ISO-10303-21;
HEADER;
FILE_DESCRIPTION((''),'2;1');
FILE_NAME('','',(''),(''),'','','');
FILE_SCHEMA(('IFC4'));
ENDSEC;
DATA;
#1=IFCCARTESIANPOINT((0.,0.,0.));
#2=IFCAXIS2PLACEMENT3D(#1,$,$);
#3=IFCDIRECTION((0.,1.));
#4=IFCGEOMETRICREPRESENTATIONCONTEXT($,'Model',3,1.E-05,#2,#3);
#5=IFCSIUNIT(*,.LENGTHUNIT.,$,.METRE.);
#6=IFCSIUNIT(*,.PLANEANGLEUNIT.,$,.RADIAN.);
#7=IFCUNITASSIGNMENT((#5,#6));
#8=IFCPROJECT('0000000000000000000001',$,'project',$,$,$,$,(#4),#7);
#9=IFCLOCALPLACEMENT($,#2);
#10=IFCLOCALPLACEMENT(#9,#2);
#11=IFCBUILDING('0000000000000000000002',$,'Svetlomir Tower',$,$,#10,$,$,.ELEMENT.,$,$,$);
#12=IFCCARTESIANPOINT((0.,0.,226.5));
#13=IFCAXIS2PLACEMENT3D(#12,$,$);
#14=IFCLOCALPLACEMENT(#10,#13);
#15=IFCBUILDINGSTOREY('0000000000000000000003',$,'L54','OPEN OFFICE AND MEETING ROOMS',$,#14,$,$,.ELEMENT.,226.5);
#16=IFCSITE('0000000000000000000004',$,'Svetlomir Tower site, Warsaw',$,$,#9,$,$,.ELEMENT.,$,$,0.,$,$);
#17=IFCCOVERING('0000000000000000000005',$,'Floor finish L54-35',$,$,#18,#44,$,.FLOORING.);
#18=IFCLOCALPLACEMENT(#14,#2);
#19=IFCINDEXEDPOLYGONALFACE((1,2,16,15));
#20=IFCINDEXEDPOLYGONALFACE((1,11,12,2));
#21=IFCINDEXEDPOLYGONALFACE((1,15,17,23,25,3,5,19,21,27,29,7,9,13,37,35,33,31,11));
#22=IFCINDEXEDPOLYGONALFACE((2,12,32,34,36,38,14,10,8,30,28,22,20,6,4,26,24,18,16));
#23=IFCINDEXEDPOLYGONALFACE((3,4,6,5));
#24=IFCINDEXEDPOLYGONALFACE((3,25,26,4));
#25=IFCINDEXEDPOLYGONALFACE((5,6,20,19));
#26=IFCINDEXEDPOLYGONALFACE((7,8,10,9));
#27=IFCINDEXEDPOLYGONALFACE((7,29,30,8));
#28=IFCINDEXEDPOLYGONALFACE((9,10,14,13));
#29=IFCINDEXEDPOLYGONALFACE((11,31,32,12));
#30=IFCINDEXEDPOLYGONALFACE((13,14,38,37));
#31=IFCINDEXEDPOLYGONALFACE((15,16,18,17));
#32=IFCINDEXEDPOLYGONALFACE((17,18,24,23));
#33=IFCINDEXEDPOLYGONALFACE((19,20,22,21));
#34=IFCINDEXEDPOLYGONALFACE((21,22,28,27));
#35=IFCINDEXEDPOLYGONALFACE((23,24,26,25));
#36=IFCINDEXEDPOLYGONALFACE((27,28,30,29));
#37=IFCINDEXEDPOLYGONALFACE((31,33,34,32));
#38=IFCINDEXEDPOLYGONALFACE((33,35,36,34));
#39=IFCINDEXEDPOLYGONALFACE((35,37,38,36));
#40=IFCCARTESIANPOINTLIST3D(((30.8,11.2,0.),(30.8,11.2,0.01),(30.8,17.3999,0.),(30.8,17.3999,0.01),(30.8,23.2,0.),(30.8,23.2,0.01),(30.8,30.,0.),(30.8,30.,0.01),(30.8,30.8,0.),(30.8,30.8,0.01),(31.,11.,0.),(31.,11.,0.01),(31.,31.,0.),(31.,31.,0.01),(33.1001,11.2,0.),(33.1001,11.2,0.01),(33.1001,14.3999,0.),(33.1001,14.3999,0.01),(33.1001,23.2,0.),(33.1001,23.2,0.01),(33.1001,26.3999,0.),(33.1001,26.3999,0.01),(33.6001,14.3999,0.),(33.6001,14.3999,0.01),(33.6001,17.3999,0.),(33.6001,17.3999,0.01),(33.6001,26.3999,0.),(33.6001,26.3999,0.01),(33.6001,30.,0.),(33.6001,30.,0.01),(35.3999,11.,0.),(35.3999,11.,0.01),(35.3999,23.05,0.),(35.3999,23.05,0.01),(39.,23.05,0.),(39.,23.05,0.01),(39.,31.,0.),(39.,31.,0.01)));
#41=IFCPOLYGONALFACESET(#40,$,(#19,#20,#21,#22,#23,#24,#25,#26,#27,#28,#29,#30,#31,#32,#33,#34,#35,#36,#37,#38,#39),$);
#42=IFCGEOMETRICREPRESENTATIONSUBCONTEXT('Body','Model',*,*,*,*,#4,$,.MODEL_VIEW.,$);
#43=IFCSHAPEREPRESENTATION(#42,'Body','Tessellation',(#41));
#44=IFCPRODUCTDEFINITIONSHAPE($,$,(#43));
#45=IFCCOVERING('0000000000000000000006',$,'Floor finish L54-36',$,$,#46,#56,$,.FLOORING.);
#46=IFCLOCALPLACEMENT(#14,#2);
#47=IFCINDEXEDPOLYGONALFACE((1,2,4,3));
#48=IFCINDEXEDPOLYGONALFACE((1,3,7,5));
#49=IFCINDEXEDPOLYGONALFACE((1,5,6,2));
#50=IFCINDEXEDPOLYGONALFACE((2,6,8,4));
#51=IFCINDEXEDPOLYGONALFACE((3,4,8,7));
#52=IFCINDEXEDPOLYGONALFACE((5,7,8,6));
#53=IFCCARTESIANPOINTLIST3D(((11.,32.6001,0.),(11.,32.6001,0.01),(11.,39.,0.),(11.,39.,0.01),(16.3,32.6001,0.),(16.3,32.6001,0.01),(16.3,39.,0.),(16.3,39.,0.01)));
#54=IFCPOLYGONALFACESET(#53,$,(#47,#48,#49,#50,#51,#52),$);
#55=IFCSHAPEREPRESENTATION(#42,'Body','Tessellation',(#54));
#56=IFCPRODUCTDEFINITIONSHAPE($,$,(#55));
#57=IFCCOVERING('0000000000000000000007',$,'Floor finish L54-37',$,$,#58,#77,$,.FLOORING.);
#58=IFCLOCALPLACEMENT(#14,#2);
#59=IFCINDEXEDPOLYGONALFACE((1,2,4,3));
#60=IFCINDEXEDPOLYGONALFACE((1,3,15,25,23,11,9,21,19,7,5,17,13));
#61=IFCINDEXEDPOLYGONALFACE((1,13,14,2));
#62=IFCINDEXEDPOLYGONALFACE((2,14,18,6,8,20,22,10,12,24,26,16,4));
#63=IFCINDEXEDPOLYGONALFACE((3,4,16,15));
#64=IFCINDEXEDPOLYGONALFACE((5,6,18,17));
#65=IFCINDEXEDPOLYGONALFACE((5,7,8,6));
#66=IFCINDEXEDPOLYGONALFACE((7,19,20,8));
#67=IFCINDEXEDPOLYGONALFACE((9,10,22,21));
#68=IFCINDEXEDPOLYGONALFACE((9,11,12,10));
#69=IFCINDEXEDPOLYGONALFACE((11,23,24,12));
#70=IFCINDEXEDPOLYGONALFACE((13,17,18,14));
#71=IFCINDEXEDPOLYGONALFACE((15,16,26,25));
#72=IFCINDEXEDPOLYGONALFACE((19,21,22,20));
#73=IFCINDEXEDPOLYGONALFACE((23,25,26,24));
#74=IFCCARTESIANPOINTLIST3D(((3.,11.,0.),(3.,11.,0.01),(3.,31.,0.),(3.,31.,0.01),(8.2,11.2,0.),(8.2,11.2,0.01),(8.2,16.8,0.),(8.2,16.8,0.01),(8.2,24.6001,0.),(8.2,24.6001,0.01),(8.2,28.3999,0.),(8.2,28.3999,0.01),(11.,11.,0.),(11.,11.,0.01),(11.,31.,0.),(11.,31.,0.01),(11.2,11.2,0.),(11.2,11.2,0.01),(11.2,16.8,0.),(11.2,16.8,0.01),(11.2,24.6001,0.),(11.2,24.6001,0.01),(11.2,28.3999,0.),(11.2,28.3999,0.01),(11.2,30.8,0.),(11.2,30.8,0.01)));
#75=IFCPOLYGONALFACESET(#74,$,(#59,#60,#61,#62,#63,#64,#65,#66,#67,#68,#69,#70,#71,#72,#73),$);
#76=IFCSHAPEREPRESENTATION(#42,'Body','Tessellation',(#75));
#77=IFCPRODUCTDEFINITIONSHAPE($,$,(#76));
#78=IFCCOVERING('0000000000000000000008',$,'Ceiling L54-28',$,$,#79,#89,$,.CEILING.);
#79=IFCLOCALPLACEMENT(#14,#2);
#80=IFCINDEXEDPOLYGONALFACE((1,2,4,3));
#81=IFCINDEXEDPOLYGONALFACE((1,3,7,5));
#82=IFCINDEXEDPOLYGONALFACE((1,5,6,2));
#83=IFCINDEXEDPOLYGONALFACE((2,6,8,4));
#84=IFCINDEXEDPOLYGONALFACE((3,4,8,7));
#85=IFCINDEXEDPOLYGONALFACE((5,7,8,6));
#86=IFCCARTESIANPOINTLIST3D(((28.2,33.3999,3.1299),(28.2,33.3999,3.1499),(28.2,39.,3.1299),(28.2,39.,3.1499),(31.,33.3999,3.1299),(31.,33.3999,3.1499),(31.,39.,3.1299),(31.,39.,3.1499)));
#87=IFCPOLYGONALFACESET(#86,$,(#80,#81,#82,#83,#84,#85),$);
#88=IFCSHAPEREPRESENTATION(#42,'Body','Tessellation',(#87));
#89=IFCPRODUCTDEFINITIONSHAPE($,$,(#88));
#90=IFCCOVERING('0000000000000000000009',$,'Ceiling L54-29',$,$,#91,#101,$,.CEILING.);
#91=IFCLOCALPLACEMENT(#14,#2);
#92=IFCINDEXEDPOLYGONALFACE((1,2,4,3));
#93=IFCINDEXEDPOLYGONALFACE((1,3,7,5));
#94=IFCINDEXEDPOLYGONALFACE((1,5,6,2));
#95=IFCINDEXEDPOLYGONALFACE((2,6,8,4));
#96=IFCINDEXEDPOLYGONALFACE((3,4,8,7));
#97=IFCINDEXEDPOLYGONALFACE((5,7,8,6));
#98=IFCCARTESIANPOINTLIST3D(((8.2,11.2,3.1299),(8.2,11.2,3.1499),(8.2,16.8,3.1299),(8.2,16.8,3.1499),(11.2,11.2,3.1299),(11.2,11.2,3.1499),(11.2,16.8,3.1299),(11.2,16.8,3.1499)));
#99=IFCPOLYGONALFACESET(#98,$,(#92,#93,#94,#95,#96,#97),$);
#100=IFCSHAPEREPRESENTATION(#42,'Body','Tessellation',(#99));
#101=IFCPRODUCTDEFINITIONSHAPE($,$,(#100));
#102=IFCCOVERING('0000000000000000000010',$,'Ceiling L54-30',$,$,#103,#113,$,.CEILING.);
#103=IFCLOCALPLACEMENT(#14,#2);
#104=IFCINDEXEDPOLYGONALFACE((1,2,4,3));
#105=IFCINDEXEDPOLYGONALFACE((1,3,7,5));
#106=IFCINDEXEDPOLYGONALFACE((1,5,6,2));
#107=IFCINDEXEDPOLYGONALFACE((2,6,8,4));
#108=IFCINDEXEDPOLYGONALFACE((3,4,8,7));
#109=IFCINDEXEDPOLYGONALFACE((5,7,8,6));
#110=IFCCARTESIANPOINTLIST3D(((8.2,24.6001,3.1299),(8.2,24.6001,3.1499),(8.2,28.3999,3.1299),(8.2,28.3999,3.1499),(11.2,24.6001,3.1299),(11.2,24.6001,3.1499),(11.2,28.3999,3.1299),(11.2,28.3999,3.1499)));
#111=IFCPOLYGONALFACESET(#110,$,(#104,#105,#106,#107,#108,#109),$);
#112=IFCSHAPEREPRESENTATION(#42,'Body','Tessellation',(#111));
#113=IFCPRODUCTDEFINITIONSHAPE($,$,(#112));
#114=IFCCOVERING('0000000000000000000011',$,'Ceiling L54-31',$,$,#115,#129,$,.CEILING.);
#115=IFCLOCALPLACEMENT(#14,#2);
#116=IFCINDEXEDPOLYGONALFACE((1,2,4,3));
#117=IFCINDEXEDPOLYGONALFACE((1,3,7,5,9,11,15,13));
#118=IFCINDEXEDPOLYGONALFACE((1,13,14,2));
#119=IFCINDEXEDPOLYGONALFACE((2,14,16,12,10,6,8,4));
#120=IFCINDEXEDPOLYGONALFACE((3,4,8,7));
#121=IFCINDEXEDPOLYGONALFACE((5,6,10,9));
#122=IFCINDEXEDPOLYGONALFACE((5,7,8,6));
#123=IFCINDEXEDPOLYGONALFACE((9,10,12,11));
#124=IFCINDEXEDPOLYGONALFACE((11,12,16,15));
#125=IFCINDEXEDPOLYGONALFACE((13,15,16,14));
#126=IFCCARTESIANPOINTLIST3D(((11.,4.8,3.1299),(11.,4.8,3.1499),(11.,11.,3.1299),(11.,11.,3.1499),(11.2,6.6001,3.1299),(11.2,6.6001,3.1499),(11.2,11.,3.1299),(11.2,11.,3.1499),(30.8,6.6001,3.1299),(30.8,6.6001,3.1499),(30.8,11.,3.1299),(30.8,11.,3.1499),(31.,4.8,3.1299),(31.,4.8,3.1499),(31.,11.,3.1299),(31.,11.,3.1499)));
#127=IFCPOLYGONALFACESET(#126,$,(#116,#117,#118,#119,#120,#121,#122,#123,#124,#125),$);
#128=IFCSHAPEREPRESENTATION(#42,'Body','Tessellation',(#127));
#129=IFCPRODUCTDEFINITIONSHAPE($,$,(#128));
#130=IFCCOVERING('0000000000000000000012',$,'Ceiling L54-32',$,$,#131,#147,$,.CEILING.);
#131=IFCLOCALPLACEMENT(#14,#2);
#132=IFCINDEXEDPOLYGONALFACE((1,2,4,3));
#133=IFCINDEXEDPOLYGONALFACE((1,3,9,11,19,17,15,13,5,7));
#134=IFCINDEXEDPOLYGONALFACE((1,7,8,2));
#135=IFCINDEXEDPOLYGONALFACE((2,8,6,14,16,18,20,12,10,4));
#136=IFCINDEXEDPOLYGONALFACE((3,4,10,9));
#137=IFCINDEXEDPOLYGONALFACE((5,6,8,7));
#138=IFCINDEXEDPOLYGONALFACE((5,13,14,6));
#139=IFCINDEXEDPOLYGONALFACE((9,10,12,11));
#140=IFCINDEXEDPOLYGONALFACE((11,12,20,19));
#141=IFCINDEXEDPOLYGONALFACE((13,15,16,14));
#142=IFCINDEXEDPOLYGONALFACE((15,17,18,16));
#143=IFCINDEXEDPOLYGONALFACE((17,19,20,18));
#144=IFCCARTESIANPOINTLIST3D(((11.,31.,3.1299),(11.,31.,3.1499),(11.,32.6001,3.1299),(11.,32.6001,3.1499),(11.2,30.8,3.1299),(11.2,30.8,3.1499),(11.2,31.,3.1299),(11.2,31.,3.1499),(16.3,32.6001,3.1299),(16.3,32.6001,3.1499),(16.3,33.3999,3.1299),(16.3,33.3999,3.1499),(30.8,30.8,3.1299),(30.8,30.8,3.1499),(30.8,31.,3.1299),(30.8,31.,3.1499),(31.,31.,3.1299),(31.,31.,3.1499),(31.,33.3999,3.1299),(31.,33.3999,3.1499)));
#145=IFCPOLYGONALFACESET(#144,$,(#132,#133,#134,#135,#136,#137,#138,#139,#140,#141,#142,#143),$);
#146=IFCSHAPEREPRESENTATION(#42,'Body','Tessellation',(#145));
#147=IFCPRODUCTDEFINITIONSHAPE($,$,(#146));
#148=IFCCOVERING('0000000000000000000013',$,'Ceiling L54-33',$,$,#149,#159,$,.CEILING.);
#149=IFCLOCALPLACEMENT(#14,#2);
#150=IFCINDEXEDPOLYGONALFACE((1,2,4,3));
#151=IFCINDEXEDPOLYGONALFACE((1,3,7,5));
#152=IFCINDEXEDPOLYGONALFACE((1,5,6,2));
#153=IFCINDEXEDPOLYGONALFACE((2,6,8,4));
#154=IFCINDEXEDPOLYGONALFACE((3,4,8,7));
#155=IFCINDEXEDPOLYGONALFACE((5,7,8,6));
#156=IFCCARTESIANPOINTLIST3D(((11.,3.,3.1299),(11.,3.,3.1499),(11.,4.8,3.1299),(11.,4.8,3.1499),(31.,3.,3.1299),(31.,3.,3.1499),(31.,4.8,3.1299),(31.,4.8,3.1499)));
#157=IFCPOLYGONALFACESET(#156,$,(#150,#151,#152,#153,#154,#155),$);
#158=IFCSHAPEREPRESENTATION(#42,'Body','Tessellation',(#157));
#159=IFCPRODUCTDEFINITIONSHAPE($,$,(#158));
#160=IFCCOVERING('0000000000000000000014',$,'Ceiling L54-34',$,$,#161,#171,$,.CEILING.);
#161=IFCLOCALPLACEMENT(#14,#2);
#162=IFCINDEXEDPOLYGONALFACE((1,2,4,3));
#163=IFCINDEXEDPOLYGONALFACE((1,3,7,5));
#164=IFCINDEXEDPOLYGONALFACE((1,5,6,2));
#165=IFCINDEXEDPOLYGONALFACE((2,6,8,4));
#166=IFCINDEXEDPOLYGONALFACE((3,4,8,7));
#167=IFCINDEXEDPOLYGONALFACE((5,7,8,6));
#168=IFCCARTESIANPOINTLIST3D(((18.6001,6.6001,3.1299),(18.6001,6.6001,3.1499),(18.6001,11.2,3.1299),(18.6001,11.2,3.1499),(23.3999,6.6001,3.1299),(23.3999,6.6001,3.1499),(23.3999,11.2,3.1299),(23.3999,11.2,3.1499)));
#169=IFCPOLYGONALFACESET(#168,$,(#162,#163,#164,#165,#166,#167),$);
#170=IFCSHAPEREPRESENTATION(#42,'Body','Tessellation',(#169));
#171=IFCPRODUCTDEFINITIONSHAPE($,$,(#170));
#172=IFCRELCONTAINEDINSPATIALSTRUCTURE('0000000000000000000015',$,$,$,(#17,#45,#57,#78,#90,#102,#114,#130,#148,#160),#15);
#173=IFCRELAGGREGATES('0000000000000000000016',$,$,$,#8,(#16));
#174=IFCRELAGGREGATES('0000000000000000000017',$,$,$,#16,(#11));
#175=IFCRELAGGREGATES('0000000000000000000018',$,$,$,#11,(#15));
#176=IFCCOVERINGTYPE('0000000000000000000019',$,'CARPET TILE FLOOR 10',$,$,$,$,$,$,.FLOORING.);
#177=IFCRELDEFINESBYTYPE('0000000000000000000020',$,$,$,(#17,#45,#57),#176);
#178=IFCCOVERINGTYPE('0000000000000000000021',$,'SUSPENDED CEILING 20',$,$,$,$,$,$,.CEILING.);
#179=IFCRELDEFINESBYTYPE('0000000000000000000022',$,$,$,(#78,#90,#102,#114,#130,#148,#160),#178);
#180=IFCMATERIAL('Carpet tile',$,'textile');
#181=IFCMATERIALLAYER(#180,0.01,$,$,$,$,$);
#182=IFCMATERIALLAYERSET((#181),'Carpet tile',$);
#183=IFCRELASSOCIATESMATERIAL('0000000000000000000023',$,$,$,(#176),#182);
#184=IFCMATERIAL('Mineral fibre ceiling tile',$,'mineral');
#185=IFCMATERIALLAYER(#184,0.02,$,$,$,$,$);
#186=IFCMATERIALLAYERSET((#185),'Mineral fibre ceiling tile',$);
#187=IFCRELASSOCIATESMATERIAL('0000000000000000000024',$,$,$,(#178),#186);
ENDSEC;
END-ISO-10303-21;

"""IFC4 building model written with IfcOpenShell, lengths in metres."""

from ifc_helpers import new_model, si_unit, direction, frame, origin, place, context, subcontext, project, spatial, polyline, outline, extrude, material, layer, layer_set, type_object, element, save


model = new_model("IFC4")

# Units and contexts
model_context = context("Model", 3, precision=1e-05, world=origin(), true_north=direction((0.0, 1.0)))
body_context = subcontext(model_context, "Body", "Model", "MODEL_VIEW")
ifc_project = project(units=[si_unit("LENGTHUNIT", "METRE"), si_unit("PLANEANGLEUNIT", "RADIAN")], contexts=[model_context])

# Site, building, storey
site_placement = place(None, origin())
site = spatial("IfcSite", under=ifc_project, at=site_placement, Name="Svetlomir Tower site, Warsaw", CompositionType="ELEMENT", RefElevation=0.0)
building_placement = place(site_placement, origin())
building = spatial("IfcBuilding", under=site, at=building_placement, Name="Svetlomir Tower", CompositionType="ELEMENT")
storey_placement = place(building_placement, frame((0.0, 0.0, 226.5)))
storey = spatial("IfcBuildingStorey", under=building, at=storey_placement, Name="L54", Description="OPEN OFFICE AND MEETING ROOMS", CompositionType="ELEMENT", Elevation=226.5)

# Coverings
ifc_material_1 = material(Name="Carpet tile", Category="textile")
ifc_layer_1 = layer(ifc_material_1, 0.01)
ifc_layer_set_1 = layer_set([ifc_layer_1], Name="Carpet tile")
covering_type_1 = type_object("IfcCoveringType", Name="CARPET TILE FLOOR 10", PredefinedType="FLOORING", material=ifc_layer_set_1)
covering_1_placement = place(storey_placement, origin())
element("IfcCovering", 1, at=covering_1_placement, inside=storey, type_object=covering_type_1, Name="Floor finish L54-35", PredefinedType="FLOORING", context=body_context, shape_type="SweptSolid", body=[
    extrude(outline(polyline([(30.8, 23.2), (33.1001, 23.2), (33.1001, 26.3999), (33.6001, 26.3999), (33.6001, 30.0), (30.8, 30.0), (30.8, 30.8), (31.0, 31.0), (39.0, 31.0), (39.0, 23.05), (35.3999, 23.05), (35.3999, 11.0), (31.0, 11.0), (30.8, 11.2), (33.1001, 11.2), (33.1001, 14.3999), (33.6001, 14.3999), (33.6001, 17.3999), (30.8, 17.3999), (30.8, 23.2)])), origin(), (0.0, 0.0, 1.0), 0.01),
])
covering_2_placement = place(storey_placement, origin())
element("IfcCovering", 2, at=covering_2_placement, inside=storey, type_object=covering_type_1, Name="Floor finish L54-36", PredefinedType="FLOORING", context=body_context, shape_type="SweptSolid", body=[
    extrude(outline(polyline([(16.3, 39.0), (16.3, 32.6001), (11.0, 32.6001), (11.0, 39.0), (16.3, 39.0)])), origin(), (0.0, 0.0, 1.0), 0.01),
])
covering_3_placement = place(storey_placement, origin())
element("IfcCovering", 3, at=covering_3_placement, inside=storey, type_object=covering_type_1, Name="Floor finish L54-37", PredefinedType="FLOORING", context=body_context, shape_type="SweptSolid", body=[
    extrude(outline(polyline([(3.0, 31.0), (11.0, 31.0), (11.2, 30.8), (11.2, 28.3999), (8.2, 28.3999), (8.2, 24.6001), (11.2, 24.6001), (11.2, 16.8), (8.2, 16.8), (8.2, 11.2), (11.2, 11.2), (11.0, 11.0), (3.0, 11.0), (3.0, 31.0)])), origin(), (0.0, 0.0, 1.0), 0.01),
])
ifc_material_2 = material(Name="Mineral fibre ceiling tile", Category="mineral")
ifc_layer_2 = layer(ifc_material_2, 0.02)
ifc_layer_set_2 = layer_set([ifc_layer_2], Name="Mineral fibre ceiling tile")
covering_type_2 = type_object("IfcCoveringType", Name="SUSPENDED CEILING 20", PredefinedType="CEILING", material=ifc_layer_set_2)
covering_4_placement = place(storey_placement, frame((0.0, 0.0, 3.1299)))
element("IfcCovering", 4, at=covering_4_placement, inside=storey, type_object=covering_type_2, Name="Ceiling L54-28", PredefinedType="CEILING", context=body_context, shape_type="SweptSolid", body=[
    extrude(outline(polyline([(28.2, 33.3999), (31.0, 33.3999), (31.0, 39.0), (28.2, 39.0), (28.2, 33.3999)])), origin(), (0.0, 0.0, 1.0), 0.02),
])
covering_5_placement = place(storey_placement, frame((0.0, 0.0, 3.1299)))
element("IfcCovering", 5, at=covering_5_placement, inside=storey, type_object=covering_type_2, Name="Ceiling L54-29", PredefinedType="CEILING", context=body_context, shape_type="SweptSolid", body=[
    extrude(outline(polyline([(8.2, 11.2), (11.2, 11.2), (11.2, 16.8), (8.2, 16.8), (8.2, 11.2)])), origin(), (0.0, 0.0, 1.0), 0.02),
])
covering_6_placement = place(storey_placement, frame((0.0, 0.0, 3.1299)))
element("IfcCovering", 6, at=covering_6_placement, inside=storey, type_object=covering_type_2, Name="Ceiling L54-30", PredefinedType="CEILING", context=body_context, shape_type="SweptSolid", body=[
    extrude(outline(polyline([(8.2, 24.6001), (11.2, 24.6001), (11.2, 28.3999), (8.2, 28.3999), (8.2, 24.6001)])), origin(), (0.0, 0.0, 1.0), 0.02),
])
covering_7_placement = place(storey_placement, frame((0.0, 0.0, 3.1299)))
element("IfcCovering", 7, at=covering_7_placement, inside=storey, type_object=covering_type_2, Name="Ceiling L54-31", PredefinedType="CEILING", context=body_context, shape_type="SweptSolid", body=[
    extrude(outline(polyline([(11.0, 11.0), (11.2, 11.0), (11.2, 6.6001), (30.8, 6.6001), (30.8, 11.0), (31.0, 11.0), (31.0, 4.8), (11.0, 4.8), (11.0, 11.0)])), origin(), (0.0, 0.0, 1.0), 0.02),
])
covering_8_placement = place(storey_placement, frame((0.0, 0.0, 3.1299)))
element("IfcCovering", 8, at=covering_8_placement, inside=storey, type_object=covering_type_2, Name="Ceiling L54-32", PredefinedType="CEILING", context=body_context, shape_type="SweptSolid", body=[
    extrude(outline(polyline([(11.2, 30.8), (11.2, 31.0), (11.0, 31.0), (11.0, 32.6001), (16.3, 32.6001), (16.3, 33.3999), (31.0, 33.3999), (31.0, 31.0), (30.8, 31.0), (30.8, 30.8), (11.2, 30.8)])), origin(), (0.0, 0.0, 1.0), 0.02),
])
covering_9_placement = place(storey_placement, frame((0.0, 0.0, 3.1299)))
element("IfcCovering", 9, at=covering_9_placement, inside=storey, type_object=covering_type_2, Name="Ceiling L54-33", PredefinedType="CEILING", context=body_context, shape_type="SweptSolid", body=[
    extrude(outline(polyline([(11.0, 3.0), (11.0, 4.8), (31.0, 4.8), (31.0, 3.0), (11.0, 3.0)])), origin(), (0.0, 0.0, 1.0), 0.02),
])
covering_10_placement = place(storey_placement, frame((0.0, 0.0, 3.1299)))
element("IfcCovering", 10, at=covering_10_placement, inside=storey, type_object=covering_type_2, Name="Ceiling L54-34", PredefinedType="CEILING", context=body_context, shape_type="SweptSolid", body=[
    extrude(outline(polyline([(23.3999, 11.2), (23.3999, 6.6001), (18.6001, 6.6001), (18.6001, 11.2), (23.3999, 11.2)])), origin(), (0.0, 0.0, 1.0), 0.02),
])

save(model, "model.ifc")
